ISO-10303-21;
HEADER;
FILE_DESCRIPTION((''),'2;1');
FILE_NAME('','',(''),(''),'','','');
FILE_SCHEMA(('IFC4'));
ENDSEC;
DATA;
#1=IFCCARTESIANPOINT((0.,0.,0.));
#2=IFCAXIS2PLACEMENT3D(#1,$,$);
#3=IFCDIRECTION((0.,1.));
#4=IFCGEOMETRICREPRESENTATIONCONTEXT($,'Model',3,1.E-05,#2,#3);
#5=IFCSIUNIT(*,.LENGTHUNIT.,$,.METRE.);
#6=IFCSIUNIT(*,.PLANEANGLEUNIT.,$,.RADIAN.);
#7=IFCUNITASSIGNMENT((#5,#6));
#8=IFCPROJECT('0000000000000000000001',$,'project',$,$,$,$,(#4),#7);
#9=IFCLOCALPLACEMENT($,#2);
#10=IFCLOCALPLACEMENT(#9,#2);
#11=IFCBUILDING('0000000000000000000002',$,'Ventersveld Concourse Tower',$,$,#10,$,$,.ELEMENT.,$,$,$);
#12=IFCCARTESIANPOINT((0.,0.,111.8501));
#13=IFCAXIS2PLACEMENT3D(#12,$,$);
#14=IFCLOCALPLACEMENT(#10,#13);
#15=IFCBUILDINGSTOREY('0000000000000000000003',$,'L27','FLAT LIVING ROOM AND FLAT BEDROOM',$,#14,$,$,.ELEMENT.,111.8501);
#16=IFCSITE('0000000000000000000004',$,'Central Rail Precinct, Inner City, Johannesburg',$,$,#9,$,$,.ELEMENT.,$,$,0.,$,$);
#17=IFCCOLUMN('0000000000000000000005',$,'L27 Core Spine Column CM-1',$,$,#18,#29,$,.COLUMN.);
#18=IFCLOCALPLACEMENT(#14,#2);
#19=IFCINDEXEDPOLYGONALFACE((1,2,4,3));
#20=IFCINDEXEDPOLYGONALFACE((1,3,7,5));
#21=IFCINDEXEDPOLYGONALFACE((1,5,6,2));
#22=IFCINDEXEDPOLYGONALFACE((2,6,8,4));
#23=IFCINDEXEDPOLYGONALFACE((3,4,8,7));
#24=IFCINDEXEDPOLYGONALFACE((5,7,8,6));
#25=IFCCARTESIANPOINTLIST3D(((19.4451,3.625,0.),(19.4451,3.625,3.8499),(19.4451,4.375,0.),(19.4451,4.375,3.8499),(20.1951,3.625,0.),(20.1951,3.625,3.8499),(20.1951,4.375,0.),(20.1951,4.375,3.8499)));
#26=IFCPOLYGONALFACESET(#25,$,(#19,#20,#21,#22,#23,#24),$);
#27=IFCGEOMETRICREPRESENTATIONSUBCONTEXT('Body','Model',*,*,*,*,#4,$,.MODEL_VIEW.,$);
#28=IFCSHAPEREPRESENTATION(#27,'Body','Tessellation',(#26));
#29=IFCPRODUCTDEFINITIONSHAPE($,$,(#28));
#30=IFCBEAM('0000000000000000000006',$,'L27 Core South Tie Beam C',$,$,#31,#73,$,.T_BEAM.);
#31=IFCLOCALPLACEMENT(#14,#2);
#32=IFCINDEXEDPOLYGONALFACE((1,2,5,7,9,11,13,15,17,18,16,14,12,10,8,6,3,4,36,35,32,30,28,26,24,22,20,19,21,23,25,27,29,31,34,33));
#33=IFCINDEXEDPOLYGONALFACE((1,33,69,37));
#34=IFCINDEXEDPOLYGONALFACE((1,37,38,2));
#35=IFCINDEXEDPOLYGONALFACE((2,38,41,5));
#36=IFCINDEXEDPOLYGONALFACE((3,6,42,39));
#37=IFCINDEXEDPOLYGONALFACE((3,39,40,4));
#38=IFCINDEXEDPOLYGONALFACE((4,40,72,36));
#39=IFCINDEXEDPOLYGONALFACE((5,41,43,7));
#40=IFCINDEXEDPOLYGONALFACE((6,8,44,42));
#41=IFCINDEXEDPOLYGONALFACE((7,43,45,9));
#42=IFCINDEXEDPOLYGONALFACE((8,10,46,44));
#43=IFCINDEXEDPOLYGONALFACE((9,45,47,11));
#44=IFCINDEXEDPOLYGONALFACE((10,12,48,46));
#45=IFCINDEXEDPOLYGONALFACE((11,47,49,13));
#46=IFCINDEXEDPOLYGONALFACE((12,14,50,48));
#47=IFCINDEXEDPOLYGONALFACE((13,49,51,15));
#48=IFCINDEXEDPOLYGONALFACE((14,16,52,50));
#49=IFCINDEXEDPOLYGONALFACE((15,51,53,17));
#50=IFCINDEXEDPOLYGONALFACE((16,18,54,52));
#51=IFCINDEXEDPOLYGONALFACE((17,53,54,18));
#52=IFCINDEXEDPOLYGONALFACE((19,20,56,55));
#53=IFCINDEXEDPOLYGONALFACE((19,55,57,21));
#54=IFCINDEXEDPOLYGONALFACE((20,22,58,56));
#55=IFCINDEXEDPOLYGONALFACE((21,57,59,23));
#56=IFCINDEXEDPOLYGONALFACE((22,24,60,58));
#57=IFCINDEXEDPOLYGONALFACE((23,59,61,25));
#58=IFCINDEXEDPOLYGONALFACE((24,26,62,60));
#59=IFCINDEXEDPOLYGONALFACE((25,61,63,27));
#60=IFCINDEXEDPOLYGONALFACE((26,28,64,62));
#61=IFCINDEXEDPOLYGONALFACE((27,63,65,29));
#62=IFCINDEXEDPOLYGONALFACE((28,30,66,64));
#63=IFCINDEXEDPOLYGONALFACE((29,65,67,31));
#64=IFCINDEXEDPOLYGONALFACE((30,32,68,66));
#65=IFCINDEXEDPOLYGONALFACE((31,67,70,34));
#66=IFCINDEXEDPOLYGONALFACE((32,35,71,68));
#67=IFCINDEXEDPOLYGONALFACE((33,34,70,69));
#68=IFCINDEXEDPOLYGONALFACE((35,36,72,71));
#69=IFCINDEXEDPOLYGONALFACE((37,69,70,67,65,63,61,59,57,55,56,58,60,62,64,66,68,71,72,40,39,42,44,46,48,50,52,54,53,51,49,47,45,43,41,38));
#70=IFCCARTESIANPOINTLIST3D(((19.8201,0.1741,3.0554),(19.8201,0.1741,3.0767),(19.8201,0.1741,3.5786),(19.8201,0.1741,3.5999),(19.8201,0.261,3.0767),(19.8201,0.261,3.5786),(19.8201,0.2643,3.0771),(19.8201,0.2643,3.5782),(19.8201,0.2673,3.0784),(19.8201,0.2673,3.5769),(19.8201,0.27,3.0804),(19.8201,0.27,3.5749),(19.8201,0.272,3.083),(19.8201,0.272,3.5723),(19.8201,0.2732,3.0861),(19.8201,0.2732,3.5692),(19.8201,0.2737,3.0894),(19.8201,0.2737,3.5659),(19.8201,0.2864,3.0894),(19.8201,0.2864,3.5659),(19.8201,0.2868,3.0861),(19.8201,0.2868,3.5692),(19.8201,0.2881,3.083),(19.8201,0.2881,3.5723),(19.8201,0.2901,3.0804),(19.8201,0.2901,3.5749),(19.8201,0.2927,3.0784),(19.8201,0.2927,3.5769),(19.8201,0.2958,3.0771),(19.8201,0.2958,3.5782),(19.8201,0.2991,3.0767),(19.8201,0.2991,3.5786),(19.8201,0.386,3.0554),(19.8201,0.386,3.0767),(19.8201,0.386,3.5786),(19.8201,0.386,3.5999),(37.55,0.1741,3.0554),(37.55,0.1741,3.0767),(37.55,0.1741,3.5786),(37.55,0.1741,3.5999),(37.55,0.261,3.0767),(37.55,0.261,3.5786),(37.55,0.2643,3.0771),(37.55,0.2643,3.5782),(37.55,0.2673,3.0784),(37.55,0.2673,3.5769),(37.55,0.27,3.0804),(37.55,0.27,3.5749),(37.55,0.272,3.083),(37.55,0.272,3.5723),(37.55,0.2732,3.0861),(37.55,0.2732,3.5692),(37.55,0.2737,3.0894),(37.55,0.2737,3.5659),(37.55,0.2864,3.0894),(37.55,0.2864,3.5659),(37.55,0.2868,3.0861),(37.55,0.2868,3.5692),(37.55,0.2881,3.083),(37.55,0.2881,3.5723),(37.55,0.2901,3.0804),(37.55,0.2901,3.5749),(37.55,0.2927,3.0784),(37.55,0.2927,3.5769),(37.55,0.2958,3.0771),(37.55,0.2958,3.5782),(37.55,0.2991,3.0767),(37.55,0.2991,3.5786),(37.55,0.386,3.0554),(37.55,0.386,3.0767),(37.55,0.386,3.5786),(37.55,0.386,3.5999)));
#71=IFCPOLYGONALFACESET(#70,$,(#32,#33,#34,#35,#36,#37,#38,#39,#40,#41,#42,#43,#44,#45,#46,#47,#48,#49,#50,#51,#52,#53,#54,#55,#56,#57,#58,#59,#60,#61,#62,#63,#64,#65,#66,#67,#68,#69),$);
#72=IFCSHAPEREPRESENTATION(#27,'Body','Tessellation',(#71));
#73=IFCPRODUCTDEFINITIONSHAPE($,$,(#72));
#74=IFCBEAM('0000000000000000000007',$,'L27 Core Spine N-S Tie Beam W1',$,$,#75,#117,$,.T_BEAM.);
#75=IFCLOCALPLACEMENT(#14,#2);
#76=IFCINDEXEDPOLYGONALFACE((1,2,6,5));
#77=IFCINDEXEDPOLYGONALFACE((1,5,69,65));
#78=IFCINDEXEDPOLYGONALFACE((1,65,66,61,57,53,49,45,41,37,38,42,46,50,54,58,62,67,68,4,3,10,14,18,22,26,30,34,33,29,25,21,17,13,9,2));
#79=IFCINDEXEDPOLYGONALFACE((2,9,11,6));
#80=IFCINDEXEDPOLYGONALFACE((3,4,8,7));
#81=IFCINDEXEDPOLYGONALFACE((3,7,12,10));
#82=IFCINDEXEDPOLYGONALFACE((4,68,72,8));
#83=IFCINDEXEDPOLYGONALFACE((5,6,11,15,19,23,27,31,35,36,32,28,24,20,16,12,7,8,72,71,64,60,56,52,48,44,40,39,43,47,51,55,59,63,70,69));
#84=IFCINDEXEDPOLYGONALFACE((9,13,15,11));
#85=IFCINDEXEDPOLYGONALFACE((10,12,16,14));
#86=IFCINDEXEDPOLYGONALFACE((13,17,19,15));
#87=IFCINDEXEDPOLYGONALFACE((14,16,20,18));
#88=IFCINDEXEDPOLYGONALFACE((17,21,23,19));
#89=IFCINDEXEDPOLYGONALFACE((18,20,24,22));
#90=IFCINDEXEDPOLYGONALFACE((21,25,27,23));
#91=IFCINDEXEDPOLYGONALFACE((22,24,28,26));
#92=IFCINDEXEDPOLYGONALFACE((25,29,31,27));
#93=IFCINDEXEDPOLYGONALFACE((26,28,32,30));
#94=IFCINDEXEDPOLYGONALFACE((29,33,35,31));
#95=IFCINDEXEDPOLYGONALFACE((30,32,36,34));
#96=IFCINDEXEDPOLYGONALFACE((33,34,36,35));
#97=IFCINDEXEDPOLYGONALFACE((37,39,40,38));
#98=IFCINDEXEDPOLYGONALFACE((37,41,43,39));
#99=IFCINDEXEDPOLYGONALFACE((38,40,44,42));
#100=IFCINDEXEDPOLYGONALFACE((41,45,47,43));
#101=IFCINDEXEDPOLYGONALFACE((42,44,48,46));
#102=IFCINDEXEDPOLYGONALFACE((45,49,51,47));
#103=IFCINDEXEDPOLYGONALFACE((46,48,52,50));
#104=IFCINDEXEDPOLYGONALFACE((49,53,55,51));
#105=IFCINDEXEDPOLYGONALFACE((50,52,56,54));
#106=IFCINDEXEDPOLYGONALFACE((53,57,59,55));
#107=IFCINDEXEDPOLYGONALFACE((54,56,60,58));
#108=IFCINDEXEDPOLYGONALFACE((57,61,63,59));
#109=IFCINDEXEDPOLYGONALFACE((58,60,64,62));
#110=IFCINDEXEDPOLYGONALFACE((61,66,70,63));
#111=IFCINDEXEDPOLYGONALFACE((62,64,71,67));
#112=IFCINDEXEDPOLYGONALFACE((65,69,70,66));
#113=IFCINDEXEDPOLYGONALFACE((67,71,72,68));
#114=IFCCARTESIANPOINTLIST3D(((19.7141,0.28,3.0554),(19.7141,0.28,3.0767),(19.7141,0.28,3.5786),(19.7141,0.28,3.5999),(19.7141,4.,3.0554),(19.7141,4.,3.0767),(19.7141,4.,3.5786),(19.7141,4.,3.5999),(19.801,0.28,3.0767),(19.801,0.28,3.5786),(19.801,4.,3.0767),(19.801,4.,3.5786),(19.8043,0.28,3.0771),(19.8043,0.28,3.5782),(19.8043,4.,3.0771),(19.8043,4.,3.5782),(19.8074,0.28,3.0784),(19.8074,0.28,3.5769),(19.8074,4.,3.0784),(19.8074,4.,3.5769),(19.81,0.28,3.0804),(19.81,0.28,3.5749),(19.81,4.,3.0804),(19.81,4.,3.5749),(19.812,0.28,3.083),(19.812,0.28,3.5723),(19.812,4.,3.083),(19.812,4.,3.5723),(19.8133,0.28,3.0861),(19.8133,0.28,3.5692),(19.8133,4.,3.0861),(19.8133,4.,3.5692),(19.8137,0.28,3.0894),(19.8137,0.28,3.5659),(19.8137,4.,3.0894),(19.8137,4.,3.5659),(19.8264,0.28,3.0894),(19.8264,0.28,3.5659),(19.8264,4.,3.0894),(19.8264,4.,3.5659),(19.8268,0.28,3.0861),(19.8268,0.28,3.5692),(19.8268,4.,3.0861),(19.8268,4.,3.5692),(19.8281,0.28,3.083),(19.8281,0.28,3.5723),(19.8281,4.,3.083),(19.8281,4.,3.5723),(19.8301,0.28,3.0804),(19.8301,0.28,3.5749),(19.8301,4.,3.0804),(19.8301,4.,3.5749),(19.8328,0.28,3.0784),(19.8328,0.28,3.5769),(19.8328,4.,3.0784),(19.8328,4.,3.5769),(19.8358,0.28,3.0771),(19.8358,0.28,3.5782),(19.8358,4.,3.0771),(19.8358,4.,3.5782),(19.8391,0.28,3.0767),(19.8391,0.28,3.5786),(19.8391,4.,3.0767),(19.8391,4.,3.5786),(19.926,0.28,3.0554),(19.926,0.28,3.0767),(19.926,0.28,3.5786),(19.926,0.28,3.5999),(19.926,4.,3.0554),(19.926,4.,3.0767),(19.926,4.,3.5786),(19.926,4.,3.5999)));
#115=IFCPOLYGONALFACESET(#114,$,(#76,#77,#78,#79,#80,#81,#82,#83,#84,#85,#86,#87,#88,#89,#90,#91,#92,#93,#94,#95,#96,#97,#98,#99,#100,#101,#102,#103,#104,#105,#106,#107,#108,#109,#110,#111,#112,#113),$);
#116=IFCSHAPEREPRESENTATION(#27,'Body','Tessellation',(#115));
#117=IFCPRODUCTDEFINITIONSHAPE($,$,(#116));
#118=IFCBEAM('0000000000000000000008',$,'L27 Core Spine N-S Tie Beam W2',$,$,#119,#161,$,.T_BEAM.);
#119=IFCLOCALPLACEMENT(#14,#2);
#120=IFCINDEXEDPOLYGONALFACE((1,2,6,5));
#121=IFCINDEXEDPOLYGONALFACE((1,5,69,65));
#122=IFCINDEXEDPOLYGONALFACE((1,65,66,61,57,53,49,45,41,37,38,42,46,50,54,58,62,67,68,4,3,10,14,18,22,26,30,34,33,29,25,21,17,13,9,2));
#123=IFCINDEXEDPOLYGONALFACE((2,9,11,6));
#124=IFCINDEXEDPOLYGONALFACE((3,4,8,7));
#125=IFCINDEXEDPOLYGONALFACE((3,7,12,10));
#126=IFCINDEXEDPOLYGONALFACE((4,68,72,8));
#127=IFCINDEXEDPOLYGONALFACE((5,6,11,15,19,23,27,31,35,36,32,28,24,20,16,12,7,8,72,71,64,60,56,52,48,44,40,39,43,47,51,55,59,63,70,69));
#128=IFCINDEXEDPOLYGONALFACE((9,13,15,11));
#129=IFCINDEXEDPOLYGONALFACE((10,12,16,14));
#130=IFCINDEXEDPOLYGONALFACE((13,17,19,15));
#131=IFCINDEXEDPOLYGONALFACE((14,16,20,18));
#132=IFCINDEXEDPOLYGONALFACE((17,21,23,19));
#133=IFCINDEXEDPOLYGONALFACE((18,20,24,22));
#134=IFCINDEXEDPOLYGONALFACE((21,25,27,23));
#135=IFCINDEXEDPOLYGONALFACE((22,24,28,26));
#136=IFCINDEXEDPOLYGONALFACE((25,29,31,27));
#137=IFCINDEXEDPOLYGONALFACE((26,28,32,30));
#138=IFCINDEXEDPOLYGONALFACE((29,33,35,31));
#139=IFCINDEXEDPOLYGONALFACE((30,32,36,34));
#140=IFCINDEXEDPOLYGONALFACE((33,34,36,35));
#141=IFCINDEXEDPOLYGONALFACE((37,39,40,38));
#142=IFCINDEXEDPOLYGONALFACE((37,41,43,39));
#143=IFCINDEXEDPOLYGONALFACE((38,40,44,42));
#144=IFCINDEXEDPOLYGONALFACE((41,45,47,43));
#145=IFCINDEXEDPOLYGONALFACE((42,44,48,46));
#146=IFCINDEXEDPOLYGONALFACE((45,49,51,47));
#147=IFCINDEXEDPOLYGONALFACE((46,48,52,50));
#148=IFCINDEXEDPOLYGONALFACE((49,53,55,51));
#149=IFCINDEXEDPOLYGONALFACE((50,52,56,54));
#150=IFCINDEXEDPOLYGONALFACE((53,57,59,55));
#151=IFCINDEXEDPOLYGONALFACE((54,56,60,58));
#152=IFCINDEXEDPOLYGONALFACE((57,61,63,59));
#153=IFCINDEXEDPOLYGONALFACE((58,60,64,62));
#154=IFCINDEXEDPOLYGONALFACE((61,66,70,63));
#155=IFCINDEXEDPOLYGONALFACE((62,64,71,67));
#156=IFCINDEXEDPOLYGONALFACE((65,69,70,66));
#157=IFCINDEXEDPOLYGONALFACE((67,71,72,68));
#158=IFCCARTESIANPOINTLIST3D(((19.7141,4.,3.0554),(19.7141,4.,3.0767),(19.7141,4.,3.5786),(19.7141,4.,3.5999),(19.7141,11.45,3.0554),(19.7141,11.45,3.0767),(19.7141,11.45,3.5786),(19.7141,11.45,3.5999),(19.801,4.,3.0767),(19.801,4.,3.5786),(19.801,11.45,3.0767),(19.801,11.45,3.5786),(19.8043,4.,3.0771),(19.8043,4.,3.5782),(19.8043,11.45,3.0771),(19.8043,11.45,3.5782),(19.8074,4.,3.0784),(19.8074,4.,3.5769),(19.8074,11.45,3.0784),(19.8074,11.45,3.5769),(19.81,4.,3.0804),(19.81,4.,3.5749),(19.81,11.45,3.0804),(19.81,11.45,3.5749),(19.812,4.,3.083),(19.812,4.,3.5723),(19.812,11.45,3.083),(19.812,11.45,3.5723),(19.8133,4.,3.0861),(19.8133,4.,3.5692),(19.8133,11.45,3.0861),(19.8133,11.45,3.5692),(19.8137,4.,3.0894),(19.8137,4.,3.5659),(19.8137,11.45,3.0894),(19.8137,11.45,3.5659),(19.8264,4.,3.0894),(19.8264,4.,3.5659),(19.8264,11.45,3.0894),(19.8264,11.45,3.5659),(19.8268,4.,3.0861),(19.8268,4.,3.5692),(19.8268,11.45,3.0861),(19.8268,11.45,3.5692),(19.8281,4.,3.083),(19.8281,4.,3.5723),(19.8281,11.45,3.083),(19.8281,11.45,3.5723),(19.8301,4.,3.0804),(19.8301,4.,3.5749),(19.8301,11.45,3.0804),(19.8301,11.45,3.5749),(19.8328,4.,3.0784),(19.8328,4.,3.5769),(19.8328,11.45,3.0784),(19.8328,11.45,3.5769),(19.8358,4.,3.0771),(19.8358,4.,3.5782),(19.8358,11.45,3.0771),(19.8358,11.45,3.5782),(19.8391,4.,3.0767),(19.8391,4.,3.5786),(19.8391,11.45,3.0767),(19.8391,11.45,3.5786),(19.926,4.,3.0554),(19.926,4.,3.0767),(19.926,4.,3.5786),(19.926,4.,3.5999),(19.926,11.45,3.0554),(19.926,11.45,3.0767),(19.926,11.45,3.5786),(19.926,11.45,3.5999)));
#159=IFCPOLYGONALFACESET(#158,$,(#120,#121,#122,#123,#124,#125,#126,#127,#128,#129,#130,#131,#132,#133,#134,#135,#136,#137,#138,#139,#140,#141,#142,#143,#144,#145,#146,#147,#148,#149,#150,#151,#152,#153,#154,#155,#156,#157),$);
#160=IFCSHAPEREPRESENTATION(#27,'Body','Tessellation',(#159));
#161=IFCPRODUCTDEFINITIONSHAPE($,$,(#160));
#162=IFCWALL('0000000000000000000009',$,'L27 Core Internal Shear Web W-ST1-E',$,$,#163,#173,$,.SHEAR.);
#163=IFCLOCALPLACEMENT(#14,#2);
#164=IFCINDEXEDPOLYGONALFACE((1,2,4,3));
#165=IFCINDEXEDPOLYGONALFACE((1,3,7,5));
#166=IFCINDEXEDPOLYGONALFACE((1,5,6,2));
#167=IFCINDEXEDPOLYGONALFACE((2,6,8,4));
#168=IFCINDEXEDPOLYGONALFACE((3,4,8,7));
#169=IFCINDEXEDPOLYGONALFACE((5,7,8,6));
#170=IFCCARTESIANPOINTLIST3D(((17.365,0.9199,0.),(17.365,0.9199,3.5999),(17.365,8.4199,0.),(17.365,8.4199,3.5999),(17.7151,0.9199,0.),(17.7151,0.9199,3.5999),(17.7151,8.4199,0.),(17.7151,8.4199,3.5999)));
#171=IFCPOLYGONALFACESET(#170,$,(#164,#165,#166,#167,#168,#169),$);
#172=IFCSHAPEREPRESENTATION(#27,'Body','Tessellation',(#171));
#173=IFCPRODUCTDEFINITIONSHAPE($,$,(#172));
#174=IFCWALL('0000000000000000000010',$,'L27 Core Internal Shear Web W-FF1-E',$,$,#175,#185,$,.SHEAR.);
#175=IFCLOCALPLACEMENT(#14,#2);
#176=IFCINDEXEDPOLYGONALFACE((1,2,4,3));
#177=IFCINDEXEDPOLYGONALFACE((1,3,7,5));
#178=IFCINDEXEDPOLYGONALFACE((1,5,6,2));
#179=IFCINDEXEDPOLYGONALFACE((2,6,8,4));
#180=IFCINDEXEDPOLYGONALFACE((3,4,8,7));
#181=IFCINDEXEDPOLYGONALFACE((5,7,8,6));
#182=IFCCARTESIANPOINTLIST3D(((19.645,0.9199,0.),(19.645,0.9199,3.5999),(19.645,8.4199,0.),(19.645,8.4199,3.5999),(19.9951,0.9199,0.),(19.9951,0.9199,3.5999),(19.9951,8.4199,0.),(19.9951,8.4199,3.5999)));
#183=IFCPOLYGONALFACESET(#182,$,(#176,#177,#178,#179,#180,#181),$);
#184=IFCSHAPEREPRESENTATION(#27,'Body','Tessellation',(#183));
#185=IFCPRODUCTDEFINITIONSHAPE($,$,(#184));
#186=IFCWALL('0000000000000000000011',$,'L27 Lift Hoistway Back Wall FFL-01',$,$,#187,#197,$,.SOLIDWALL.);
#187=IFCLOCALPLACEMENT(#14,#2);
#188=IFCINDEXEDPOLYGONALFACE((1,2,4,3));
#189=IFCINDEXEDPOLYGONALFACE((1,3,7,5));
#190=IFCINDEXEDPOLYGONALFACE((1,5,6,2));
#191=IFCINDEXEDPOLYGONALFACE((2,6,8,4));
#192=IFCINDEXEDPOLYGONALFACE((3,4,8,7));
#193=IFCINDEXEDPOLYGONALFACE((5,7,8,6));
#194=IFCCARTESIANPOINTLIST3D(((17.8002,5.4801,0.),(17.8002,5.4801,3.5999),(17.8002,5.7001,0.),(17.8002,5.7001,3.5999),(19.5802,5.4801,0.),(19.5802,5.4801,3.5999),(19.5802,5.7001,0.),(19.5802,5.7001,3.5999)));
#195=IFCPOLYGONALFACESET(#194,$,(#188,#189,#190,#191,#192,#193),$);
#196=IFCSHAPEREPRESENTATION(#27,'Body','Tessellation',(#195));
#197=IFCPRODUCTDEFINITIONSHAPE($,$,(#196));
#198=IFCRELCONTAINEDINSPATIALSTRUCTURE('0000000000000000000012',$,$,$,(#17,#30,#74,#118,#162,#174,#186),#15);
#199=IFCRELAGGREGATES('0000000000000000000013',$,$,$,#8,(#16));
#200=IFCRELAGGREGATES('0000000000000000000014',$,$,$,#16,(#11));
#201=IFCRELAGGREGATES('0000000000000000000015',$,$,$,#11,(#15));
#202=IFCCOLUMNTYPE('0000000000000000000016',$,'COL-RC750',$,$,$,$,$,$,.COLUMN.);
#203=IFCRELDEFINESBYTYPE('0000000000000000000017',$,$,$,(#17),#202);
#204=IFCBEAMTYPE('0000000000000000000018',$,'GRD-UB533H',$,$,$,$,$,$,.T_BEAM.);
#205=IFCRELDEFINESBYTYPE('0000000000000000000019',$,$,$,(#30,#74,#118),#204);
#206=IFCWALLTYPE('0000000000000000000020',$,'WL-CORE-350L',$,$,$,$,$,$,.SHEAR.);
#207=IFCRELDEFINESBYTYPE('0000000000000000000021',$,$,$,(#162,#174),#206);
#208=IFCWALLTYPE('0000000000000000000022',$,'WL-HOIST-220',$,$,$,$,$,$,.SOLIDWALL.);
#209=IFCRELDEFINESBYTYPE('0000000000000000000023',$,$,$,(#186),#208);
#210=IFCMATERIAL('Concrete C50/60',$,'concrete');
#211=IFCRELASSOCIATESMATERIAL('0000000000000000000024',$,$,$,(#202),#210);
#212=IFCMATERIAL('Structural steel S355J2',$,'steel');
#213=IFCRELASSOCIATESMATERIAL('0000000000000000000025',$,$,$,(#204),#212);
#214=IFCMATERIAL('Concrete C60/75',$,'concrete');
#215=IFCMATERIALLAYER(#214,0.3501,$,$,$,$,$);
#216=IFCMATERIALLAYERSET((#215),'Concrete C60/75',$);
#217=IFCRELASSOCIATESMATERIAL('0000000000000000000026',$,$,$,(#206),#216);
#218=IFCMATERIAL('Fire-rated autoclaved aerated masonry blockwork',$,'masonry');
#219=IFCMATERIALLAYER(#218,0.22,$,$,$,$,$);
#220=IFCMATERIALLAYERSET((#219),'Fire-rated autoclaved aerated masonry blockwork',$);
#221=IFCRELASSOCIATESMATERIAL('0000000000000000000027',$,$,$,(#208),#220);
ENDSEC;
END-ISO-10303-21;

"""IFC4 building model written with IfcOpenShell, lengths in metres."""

from ifc_helpers import new_model, si_unit, direction, frame, frame_2d, origin, origin_2d, place, context, subcontext, project, spatial, rectangle, i_section, extrude, material, layer, layer_set, material_profile, profile_set, type_object, element, save


model = new_model("IFC4")

# Units and contexts
model_context = context("Model", 3, precision=1e-05, world=origin(), true_north=direction((0.0, 1.0)))
body_context = subcontext(model_context, "Body", "Model", "MODEL_VIEW")
ifc_project = project(units=[si_unit("LENGTHUNIT", "METRE"), si_unit("PLANEANGLEUNIT", "RADIAN")], contexts=[model_context])

# Site, building, storey
site_placement = place(None, origin())
site = spatial("IfcSite", under=ifc_project, at=site_placement, Name="Central Rail Precinct, Inner City, Johannesburg", CompositionType="ELEMENT", RefElevation=0.0)
building_placement = place(site_placement, origin())
building = spatial("IfcBuilding", under=site, at=building_placement, Name="Ventersveld Concourse Tower", CompositionType="ELEMENT")
storey_placement = place(building_placement, frame((0.0, 0.0, 111.8501)))
storey = spatial("IfcBuildingStorey", under=building, at=storey_placement, Name="L27", Description="FLAT LIVING ROOM AND FLAT BEDROOM", CompositionType="ELEMENT", Elevation=111.8501)

# Column
ifc_material_1 = material(Name="Concrete C50/60", Category="concrete")
ifc_material_profile_1 = material_profile(ifc_material_1, rectangle(XDim=0.75, YDim=0.75, at=origin_2d()), Name="RC 750x750")
ifc_profile_set_1 = profile_set([ifc_material_profile_1], Name="Concrete C50/60")
column_type = type_object("IfcColumnType", Name="COL-RC750", PredefinedType="COLUMN", material=ifc_profile_set_1)
column_placement = place(storey_placement, frame((19.8201, 4.0, 0.0), z_axis=(0.0, 0.0, 1.0), x_axis=(1.0, 0.0, 0.0)))
element("IfcColumn", 1, at=column_placement, inside=storey, type_object=column_type, Name="L27 Core Spine Column CM-1", PredefinedType="COLUMN", context=body_context, shape_type="SweptSolid", body=[
    extrude(rectangle(XDim=0.75, YDim=0.75, at=origin_2d()), origin(), (0.0, 0.0, 1.0), 3.8499),
])

# Beams
ifc_material_2 = material(Name="Structural steel S355J2", Category="steel")
ifc_material_profile_2 = material_profile(ifc_material_2, i_section(OverallWidth=0.2119, OverallDepth=0.5444, WebThickness=0.0127, FlangeThickness=0.0212, FilletRadius=0.0127, at=origin_2d()), Name="UB 533x210x122")
ifc_profile_set_2 = profile_set([ifc_material_profile_2], Name="Structural steel S355J2")
beam_type = type_object("IfcBeamType", Name="GRD-UB533H", PredefinedType="T_BEAM", material=ifc_profile_set_2)
beam_1_placement = place(storey_placement, frame((19.8201, 0.28, 3.3276), z_axis=(1.0, 0.0, 0.0), x_axis=(0.0, 1.0, 0.0)))
element("IfcBeam", 2, at=beam_1_placement, inside=storey, type_object=beam_type, Name="L27 Core South Tie Beam C", PredefinedType="T_BEAM", context=body_context, shape_type="SweptSolid", body=[
    extrude(i_section(OverallWidth=0.2119, OverallDepth=0.5444, WebThickness=0.0127, FlangeThickness=0.0212, FilletRadius=0.0127, at=origin_2d()), origin(), (0.0, 0.0, 1.0), 17.73),
])
beam_2_placement = place(storey_placement, frame((19.8201, 0.28, 3.3276), z_axis=(0.0, 1.0, 0.0), x_axis=(-1.0, 0.0, 0.0)))
element("IfcBeam", 3, at=beam_2_placement, inside=storey, type_object=beam_type, Name="L27 Core Spine N-S Tie Beam W1", PredefinedType="T_BEAM", context=body_context, shape_type="SweptSolid", body=[
    extrude(i_section(OverallWidth=0.2119, OverallDepth=0.5444, WebThickness=0.0127, FlangeThickness=0.0212, FilletRadius=0.0127, at=origin_2d()), origin(), (0.0, 0.0, 1.0), 3.72),
])
beam_3_placement = place(storey_placement, frame((19.8201, 4.0, 3.3276), z_axis=(0.0, 1.0, 0.0), x_axis=(-1.0, 0.0, 0.0)))
element("IfcBeam", 4, at=beam_3_placement, inside=storey, type_object=beam_type, Name="L27 Core Spine N-S Tie Beam W2", PredefinedType="T_BEAM", context=body_context, shape_type="SweptSolid", body=[
    extrude(i_section(OverallWidth=0.2119, OverallDepth=0.5444, WebThickness=0.0127, FlangeThickness=0.0212, FilletRadius=0.0127, at=origin_2d()), origin(), (0.0, 0.0, 1.0), 7.45),
])

# Walls
ifc_material_3 = material(Name="Concrete C60/75", Category="concrete")
ifc_layer_1 = layer(ifc_material_3, 0.3501)
ifc_layer_set_1 = layer_set([ifc_layer_1], Name="Concrete C60/75")
wall_type_1 = type_object("IfcWallType", Name="WL-CORE-350L", PredefinedType="SHEAR", material=ifc_layer_set_1)
for number, where, z_axis, x_axis, name in (
    (5, (17.54, 0.9199, 0.0), (0.0, 0.0, 1.0), (0.0, 1.0, 0.0), "L27 Core Internal Shear Web W-ST1-E"),
    (6, (19.8201, 0.9199, 0.0), (0.0, 0.0, 1.0), (0.0, 1.0, 0.0), "L27 Core Internal Shear Web W-FF1-E"),
):
    element("IfcWall", number, at=place(storey_placement, frame(where, z_axis=z_axis, x_axis=x_axis)), inside=storey, type_object=wall_type_1, Name=name, PredefinedType="SHEAR", context=body_context, shape_type="SweptSolid", body=[
        extrude(rectangle(XDim=7.5, YDim=0.3501, at=frame_2d((3.75, 0.0))), origin(), (0.0, 0.0, 1.0), 3.5999),
    ])
ifc_material_4 = material(Name="Fire-rated autoclaved aerated masonry blockwork", Category="masonry")
ifc_layer_2 = layer(ifc_material_4, 0.22)
ifc_layer_set_2 = layer_set([ifc_layer_2], Name="Fire-rated autoclaved aerated masonry blockwork")
wall_type_2 = type_object("IfcWallType", Name="WL-HOIST-220", PredefinedType="SOLIDWALL", material=ifc_layer_set_2)
wall_1_placement = place(storey_placement, frame((17.8, 5.5901, 0.0), z_axis=(0.0, 0.0, 1.0), x_axis=(1.0, 0.0, 0.0)))
element("IfcWall", 7, at=wall_1_placement, inside=storey, type_object=wall_type_2, Name="L27 Lift Hoistway Back Wall FFL-01", PredefinedType="SOLIDWALL", context=body_context, shape_type="SweptSolid", body=[
    extrude(rectangle(XDim=1.78, YDim=0.22, at=frame_2d((0.8901, 0.0))), origin(), (0.0, 0.0, 1.0), 3.5999),
])

save(model, "model.ifc")
